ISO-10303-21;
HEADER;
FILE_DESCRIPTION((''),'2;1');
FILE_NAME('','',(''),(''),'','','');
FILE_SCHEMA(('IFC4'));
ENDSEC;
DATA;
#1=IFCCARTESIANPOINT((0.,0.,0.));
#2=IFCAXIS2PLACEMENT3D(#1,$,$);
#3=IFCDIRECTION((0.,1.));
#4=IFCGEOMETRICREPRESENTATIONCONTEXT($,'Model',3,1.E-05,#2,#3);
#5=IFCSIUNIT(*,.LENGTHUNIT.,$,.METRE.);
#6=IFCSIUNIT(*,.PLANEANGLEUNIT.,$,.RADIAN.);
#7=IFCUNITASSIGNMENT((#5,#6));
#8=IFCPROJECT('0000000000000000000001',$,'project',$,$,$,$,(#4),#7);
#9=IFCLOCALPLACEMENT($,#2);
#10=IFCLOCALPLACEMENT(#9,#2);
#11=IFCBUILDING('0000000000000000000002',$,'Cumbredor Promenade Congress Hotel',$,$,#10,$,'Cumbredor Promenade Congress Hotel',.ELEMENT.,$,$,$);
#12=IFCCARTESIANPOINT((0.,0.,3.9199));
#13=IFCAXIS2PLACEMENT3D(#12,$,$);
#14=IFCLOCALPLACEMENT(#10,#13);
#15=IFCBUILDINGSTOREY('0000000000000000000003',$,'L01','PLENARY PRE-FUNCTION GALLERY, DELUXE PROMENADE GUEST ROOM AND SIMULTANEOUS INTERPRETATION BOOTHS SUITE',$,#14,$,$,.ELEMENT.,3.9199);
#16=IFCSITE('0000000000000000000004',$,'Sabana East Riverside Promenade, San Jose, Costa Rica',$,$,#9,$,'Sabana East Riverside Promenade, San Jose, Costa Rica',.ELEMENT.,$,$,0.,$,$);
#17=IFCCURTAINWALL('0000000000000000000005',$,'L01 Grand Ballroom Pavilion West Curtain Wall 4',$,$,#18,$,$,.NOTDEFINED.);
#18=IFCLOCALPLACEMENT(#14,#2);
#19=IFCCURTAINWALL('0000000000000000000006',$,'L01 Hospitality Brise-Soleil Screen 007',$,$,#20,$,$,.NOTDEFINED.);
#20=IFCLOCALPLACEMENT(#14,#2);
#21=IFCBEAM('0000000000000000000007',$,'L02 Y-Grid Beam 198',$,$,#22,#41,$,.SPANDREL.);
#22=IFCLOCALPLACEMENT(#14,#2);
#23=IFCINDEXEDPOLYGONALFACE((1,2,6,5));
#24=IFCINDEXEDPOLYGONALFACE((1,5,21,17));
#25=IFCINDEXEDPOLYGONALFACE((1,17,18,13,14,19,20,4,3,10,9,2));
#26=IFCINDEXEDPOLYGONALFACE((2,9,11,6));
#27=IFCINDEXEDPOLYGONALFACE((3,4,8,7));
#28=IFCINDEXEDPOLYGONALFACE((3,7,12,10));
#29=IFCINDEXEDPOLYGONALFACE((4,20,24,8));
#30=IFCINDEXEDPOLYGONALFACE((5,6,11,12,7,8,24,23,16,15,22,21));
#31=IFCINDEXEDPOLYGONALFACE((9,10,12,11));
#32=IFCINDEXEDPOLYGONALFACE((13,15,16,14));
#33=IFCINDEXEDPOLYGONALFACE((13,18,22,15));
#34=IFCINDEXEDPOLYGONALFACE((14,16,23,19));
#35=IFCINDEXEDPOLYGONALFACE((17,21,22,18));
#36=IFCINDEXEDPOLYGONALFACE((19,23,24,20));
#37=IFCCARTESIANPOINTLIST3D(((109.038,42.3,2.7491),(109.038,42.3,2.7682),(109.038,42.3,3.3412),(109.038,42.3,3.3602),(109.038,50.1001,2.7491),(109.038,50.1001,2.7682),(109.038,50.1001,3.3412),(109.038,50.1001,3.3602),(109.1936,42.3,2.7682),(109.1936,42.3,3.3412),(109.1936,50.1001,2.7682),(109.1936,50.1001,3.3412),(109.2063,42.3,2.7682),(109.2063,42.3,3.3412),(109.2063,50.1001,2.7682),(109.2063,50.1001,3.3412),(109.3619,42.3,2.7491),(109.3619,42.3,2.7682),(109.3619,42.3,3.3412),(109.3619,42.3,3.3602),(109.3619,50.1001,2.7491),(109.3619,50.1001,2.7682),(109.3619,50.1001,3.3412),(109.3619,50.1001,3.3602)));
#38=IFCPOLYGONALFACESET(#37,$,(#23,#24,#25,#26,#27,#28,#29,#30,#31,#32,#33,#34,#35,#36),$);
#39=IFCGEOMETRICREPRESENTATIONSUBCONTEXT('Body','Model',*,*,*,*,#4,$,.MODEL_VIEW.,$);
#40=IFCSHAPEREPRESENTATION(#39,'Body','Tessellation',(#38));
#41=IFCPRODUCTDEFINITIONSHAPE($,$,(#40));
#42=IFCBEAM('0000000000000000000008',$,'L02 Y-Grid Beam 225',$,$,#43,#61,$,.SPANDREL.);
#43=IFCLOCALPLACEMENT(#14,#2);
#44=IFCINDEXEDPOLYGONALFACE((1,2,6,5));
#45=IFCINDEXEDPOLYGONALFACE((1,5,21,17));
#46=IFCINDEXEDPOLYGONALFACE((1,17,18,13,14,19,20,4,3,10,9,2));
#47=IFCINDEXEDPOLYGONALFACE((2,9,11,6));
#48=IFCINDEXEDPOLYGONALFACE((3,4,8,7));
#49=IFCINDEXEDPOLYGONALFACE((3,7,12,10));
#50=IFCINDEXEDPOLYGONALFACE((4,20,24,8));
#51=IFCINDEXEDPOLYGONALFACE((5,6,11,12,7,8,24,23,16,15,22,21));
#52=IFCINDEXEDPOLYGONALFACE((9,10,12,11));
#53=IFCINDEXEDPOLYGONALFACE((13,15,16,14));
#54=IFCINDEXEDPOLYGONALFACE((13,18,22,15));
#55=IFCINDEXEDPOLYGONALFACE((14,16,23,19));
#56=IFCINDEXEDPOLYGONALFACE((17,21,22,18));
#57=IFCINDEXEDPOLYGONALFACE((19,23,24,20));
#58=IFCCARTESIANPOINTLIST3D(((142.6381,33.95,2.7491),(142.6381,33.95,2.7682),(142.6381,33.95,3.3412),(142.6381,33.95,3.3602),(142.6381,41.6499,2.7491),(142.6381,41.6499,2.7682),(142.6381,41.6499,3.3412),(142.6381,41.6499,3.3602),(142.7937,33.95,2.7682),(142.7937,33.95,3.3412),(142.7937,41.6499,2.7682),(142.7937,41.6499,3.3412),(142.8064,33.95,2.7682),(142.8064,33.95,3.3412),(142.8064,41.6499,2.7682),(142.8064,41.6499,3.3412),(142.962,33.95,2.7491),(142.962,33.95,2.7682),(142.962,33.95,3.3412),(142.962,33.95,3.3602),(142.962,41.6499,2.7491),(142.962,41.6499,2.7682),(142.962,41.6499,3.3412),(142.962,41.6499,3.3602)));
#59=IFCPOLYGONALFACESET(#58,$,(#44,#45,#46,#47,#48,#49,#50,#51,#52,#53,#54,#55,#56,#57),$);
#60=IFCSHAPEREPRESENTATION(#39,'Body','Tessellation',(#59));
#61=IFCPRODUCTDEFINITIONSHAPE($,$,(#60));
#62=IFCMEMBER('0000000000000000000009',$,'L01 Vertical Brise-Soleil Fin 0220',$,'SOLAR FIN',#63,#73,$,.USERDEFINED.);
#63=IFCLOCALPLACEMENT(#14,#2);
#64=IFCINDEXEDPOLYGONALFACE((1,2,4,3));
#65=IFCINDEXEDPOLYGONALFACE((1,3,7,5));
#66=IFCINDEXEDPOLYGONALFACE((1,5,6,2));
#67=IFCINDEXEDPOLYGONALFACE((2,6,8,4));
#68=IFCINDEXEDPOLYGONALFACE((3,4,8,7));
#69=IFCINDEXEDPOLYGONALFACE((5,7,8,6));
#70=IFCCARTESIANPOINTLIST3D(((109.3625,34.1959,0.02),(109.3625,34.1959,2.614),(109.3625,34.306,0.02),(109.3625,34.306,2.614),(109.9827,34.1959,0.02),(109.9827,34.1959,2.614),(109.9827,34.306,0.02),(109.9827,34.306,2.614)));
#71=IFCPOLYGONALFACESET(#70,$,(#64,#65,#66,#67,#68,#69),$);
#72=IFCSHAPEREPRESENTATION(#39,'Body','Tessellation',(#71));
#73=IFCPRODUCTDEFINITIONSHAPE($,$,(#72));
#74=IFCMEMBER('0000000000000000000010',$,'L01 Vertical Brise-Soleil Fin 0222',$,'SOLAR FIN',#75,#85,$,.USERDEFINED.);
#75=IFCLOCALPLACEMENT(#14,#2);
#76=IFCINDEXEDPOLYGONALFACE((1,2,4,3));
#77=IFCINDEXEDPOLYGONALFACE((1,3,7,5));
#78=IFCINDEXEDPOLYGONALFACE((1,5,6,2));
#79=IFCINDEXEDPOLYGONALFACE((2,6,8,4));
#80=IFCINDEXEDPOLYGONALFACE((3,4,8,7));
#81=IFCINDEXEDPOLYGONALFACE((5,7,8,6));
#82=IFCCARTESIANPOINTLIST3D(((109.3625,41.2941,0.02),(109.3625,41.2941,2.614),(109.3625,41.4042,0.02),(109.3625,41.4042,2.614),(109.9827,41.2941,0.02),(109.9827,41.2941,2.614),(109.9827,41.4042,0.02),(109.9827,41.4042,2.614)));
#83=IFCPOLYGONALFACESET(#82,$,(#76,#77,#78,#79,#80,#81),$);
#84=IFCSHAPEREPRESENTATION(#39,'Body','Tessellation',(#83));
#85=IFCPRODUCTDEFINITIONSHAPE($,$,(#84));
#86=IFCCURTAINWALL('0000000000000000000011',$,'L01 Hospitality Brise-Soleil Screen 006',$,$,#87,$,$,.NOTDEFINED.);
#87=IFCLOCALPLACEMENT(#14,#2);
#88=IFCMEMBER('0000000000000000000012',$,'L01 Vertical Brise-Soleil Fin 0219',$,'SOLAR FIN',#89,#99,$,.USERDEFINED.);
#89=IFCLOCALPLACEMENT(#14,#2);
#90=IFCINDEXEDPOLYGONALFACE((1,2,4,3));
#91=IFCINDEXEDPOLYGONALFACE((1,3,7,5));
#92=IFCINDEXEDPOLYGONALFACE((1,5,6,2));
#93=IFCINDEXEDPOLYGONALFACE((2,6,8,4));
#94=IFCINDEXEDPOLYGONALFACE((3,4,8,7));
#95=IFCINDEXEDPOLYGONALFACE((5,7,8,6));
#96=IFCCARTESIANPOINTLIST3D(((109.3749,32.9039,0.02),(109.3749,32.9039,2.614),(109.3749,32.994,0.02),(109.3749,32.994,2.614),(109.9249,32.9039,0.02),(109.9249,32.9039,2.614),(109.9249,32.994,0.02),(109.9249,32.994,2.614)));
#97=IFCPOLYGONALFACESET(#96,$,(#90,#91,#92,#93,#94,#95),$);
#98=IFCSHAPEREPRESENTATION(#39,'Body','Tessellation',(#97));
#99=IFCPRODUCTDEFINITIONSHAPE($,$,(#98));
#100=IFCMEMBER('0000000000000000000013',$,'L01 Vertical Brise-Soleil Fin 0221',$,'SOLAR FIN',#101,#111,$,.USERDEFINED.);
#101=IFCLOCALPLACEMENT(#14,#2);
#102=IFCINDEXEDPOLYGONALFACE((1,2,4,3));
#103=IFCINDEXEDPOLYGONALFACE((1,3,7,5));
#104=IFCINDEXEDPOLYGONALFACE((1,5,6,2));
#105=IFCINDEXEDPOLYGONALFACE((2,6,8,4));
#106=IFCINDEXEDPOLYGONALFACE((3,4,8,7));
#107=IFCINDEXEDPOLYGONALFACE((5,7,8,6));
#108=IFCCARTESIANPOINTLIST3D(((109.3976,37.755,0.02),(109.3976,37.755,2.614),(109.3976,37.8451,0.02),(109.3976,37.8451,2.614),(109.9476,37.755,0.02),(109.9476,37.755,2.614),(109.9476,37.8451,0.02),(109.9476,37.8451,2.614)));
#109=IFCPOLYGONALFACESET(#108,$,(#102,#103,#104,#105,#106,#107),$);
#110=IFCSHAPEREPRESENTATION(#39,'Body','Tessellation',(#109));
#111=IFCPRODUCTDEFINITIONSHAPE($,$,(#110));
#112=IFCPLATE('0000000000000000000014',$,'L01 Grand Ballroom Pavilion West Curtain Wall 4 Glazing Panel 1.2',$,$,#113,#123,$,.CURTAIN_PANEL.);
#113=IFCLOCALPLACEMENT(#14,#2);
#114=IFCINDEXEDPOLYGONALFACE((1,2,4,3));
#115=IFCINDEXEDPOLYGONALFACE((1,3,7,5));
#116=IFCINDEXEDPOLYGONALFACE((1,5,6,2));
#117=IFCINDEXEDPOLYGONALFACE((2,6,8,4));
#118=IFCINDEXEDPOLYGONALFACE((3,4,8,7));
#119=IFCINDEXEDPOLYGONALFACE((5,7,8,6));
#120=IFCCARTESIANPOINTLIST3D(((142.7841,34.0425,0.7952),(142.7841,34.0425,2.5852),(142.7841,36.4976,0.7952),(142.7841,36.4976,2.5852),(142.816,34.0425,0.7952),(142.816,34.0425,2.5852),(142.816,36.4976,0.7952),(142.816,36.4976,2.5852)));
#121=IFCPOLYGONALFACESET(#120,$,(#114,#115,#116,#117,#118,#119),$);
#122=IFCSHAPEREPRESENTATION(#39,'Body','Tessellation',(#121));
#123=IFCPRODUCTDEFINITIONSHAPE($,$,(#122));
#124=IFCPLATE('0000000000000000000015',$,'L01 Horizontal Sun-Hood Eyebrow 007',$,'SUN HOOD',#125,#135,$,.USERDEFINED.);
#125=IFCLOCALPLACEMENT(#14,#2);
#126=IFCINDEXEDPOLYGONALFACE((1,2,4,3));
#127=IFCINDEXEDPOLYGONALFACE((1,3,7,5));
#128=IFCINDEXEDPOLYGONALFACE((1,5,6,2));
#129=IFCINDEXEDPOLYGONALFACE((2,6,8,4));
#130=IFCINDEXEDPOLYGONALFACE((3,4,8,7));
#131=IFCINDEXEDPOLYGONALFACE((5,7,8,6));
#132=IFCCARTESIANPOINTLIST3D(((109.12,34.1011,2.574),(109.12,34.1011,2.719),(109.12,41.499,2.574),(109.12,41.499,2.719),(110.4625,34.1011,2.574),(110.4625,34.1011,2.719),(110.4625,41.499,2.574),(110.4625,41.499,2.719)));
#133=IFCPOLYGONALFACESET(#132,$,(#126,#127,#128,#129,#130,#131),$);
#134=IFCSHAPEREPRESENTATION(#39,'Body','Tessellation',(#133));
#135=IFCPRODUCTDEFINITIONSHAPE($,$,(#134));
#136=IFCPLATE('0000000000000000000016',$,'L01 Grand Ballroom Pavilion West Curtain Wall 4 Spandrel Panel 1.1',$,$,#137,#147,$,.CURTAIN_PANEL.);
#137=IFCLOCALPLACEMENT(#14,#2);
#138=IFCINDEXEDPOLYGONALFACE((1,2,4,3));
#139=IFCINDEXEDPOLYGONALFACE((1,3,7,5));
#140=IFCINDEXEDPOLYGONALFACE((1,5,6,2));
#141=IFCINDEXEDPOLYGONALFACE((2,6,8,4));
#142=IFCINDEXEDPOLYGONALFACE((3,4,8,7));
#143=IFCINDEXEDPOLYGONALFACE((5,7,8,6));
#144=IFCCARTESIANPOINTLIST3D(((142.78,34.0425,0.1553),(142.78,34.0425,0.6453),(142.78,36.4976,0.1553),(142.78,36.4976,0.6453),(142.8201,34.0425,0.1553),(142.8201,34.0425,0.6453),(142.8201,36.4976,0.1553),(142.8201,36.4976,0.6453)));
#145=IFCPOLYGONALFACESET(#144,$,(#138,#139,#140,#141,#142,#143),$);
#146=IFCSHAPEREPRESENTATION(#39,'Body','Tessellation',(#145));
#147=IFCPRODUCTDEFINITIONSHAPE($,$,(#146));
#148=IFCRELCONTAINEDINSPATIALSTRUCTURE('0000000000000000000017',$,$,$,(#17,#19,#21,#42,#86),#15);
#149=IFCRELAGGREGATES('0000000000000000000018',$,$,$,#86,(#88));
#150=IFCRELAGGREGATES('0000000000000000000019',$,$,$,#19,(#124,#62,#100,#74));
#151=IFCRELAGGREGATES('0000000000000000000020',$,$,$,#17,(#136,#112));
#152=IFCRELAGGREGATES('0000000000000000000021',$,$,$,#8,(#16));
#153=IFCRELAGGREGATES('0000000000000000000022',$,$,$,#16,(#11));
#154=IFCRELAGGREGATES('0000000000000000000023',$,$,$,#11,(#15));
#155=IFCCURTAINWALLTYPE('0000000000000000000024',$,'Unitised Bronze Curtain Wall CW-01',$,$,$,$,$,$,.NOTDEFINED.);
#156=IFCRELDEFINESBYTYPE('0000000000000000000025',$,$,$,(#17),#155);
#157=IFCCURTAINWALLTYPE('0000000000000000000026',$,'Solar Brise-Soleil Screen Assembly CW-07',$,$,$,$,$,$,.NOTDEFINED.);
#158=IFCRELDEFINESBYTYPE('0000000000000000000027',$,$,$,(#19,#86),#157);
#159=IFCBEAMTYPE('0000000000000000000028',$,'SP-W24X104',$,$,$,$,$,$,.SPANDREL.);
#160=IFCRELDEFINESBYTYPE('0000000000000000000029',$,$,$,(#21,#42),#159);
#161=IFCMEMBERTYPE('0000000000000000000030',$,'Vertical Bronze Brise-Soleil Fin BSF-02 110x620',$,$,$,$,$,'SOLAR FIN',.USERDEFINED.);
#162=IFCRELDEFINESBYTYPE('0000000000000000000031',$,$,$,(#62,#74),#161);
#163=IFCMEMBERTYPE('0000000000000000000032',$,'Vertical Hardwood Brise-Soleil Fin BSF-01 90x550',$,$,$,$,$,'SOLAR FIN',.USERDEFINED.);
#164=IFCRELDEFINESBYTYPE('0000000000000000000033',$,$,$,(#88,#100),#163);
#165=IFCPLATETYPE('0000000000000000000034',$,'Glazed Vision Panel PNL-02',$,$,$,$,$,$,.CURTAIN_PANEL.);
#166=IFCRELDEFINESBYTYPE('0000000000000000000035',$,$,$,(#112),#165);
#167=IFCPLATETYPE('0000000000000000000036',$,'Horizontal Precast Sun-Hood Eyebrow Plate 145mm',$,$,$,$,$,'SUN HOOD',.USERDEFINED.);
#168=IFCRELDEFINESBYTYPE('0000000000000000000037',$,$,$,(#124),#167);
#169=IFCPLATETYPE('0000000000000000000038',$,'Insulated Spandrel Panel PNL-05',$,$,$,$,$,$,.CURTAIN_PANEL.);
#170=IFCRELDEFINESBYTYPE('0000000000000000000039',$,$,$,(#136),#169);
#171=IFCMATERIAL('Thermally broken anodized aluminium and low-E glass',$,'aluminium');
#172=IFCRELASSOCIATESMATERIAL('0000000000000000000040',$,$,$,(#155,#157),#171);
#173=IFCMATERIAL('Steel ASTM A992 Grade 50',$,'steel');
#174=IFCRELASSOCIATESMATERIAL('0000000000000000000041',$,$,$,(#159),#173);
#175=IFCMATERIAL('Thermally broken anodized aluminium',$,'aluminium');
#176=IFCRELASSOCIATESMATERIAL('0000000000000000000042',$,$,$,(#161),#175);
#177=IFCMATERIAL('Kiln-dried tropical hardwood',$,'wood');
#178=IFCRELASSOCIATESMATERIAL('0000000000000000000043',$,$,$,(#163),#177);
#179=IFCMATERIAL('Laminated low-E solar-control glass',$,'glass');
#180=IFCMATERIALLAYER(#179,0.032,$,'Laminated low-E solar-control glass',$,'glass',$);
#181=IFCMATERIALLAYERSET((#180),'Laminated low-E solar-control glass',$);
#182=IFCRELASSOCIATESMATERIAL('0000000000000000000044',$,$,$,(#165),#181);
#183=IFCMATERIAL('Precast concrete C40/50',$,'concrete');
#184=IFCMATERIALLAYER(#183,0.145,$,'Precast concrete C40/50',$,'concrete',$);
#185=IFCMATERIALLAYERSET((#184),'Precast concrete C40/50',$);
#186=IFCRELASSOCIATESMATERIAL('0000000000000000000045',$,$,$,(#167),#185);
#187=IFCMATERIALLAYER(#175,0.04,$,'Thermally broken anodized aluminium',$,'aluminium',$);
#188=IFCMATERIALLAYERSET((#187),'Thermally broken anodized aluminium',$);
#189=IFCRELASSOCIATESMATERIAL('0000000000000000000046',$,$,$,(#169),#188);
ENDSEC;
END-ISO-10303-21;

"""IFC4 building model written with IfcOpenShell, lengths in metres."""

from ifc_helpers import new_model, si_unit, direction, frame, origin, origin_2d, place, context, subcontext, project, spatial, rectangle, i_section, extrude, material, layer, layer_set, material_profile, profile_set, type_object, element, aggregate, save


model = new_model("IFC4")

# Units and contexts
model_context = context("Model", 3, precision=1e-05, world=origin(), true_north=direction((0.0, 1.0)))
body_context = subcontext(model_context, "Body", "Model", "MODEL_VIEW")
ifc_project = project(units=[si_unit("LENGTHUNIT", "METRE"), si_unit("PLANEANGLEUNIT", "RADIAN")], contexts=[model_context])

# Site, building, storey
site_placement = place(None, origin())
site = spatial("IfcSite", under=ifc_project, at=site_placement, Name="Sabana East Riverside Promenade, San Jose, Costa Rica", LongName="Sabana East Riverside Promenade, San Jose, Costa Rica", CompositionType="ELEMENT", RefElevation=0.0)
building_placement = place(site_placement, origin())
building = spatial("IfcBuilding", under=site, at=building_placement, Name="Cumbredor Promenade Congress Hotel", LongName="Cumbredor Promenade Congress Hotel", CompositionType="ELEMENT")
storey_placement = place(building_placement, frame((0.0, 0.0, 3.9199)))
storey = spatial("IfcBuildingStorey", under=building, at=storey_placement, Name="L01", Description="PLENARY PRE-FUNCTION GALLERY, DELUXE PROMENADE GUEST ROOM AND SIMULTANEOUS INTERPRETATION BOOTHS SUITE", CompositionType="ELEMENT", Elevation=3.9199)

# Curtain walls
ifc_material_1 = material(Name="Thermally broken anodized aluminium and low-E glass", Category="aluminium")
curtain_wall_type_1 = type_object("IfcCurtainWallType", Name="Unitised Bronze Curtain Wall CW-01", PredefinedType="NOTDEFINED", material=ifc_material_1)
ifc_material_2 = material(Name="Thermally broken anodized aluminium", Category="aluminium")
curtain_wall_1_placement = place(storey_placement, origin())
curtain_wall_1 = element("IfcCurtainWall", 1, at=curtain_wall_1_placement, inside=storey, type_object=curtain_wall_type_1, Name="L01 Grand Ballroom Pavilion West Curtain Wall 4", PredefinedType="NOTDEFINED")
curtain_wall_type_2 = type_object("IfcCurtainWallType", Name="Solar Brise-Soleil Screen Assembly CW-07", PredefinedType="NOTDEFINED", material=ifc_material_1)
curtain_wall_2_placement = place(storey_placement, origin())
curtain_wall_2 = element("IfcCurtainWall", 2, at=curtain_wall_2_placement, inside=storey, type_object=curtain_wall_type_2, Name="L01 Hospitality Brise-Soleil Screen 007", PredefinedType="NOTDEFINED")

# Beams
ifc_material_3 = material(Name="Steel ASTM A992 Grade 50", Category="steel")
ifc_material_profile_1 = material_profile(ifc_material_3, i_section(OverallWidth=0.324, OverallDepth=0.6111, WebThickness=0.0127, FlangeThickness=0.019, at=origin_2d()), Name="W24X104")
ifc_profile_set_1 = profile_set([ifc_material_profile_1], Name="Steel ASTM A992 Grade 50")
beam_type = type_object("IfcBeamType", Name="SP-W24X104", PredefinedType="SPANDREL", material=ifc_profile_set_1)
for number, where, z_axis, x_axis, name in (
    (3, (109.2, 42.3, 3.0547), (0.0, 1.0, 0.0), (-1.0, 0.0, 0.0), "L02 Y-Grid Beam 198"),
):
    element("IfcBeam", number, at=place(storey_placement, frame(where, z_axis=z_axis, x_axis=x_axis)), inside=storey, type_object=beam_type, Name=name, PredefinedType="SPANDREL", context=body_context, shape_type="SweptSolid", body=[
        extrude(i_section(OverallWidth=0.324, OverallDepth=0.6111, WebThickness=0.0127, FlangeThickness=0.019, at=origin_2d()), origin(), (0.0, 0.0, 1.0), 7.8),
    ])
beam_placement = place(storey_placement, frame((142.8, 33.95, 3.0547), z_axis=(0.0, 1.0, 0.0), x_axis=(-1.0, 0.0, 0.0)))
element("IfcBeam", 4, at=beam_placement, inside=storey, type_object=beam_type, Name="L02 Y-Grid Beam 225", PredefinedType="SPANDREL", context=body_context, shape_type="SweptSolid", body=[
    extrude(i_section(OverallWidth=0.324, OverallDepth=0.6111, WebThickness=0.0127, FlangeThickness=0.019, at=origin_2d()), origin(), (0.0, 0.0, 1.0), 7.7),
])

# Members
ifc_material_profile_2 = material_profile(ifc_material_2, rectangle(XDim=0.1101, YDim=0.6201, at=origin_2d()), Name="ARCH FIN 110x620")
ifc_profile_set_2 = profile_set([ifc_material_profile_2], Name="Thermally broken anodized aluminium")
member_type_1 = type_object("IfcMemberType", Name="Vertical Bronze Brise-Soleil Fin BSF-02 110x620", ElementType="SOLAR FIN", PredefinedType="USERDEFINED", material=ifc_profile_set_2)
member_1_placement = place(storey_placement, frame((109.6726, 34.251, 0.02), z_axis=(0.0, 0.0, 1.0), x_axis=(0.0, 1.0, 0.0)))
member_1 = element("IfcMember", 5, at=member_1_placement, type_object=member_type_1, Name="L01 Vertical Brise-Soleil Fin 0220", ObjectType="SOLAR FIN", PredefinedType="USERDEFINED", context=body_context, shape_type="SweptSolid", body=[
    extrude(rectangle(XDim=0.1101, YDim=0.6201, at=origin_2d()), origin(), (0.0, 0.0, 1.0), 2.594),
])
member_2_placement = place(storey_placement, frame((109.6726, 41.3491, 0.02), z_axis=(0.0, 0.0, 1.0), x_axis=(0.0, 1.0, 0.0)))
member_2 = element("IfcMember", 6, at=member_2_placement, type_object=member_type_1, Name="L01 Vertical Brise-Soleil Fin 0222", ObjectType="SOLAR FIN", PredefinedType="USERDEFINED", context=body_context, shape_type="SweptSolid", body=[
    extrude(rectangle(XDim=0.1101, YDim=0.6201, at=origin_2d()), origin(), (0.0, 0.0, 1.0), 2.594),
])

# Curtain wall, member
curtain_wall_3_placement = place(storey_placement, origin())
curtain_wall_3 = element("IfcCurtainWall", 7, at=curtain_wall_3_placement, inside=storey, type_object=curtain_wall_type_2, Name="L01 Hospitality Brise-Soleil Screen 006", PredefinedType="NOTDEFINED")
ifc_material_4 = material(Name="Kiln-dried tropical hardwood", Category="wood")
ifc_material_profile_3 = material_profile(ifc_material_4, rectangle(XDim=0.0901, YDim=0.55, at=origin_2d()), Name="ARCH FIN 90x550")
ifc_profile_set_3 = profile_set([ifc_material_profile_3], Name="Kiln-dried tropical hardwood")
member_type_2 = type_object("IfcMemberType", Name="Vertical Hardwood Brise-Soleil Fin BSF-01 90x550", ElementType="SOLAR FIN", PredefinedType="USERDEFINED", material=ifc_profile_set_3)
member_3_placement = place(storey_placement, frame((109.6499, 32.949, 0.02), z_axis=(0.0, 0.0, 1.0), x_axis=(0.0, 1.0, 0.0)))
member_3 = element("IfcMember", 8, at=member_3_placement, type_object=member_type_2, Name="L01 Vertical Brise-Soleil Fin 0219", ObjectType="SOLAR FIN", PredefinedType="USERDEFINED", context=body_context, shape_type="SweptSolid", body=[
    extrude(rectangle(XDim=0.0901, YDim=0.55, at=origin_2d()), origin(), (0.0, 0.0, 1.0), 2.594),
])
aggregate(curtain_wall_3, [member_3])

# Member
member_4_placement = place(storey_placement, frame((109.6726, 37.8, 0.02), z_axis=(0.0, 0.0, 1.0), x_axis=(0.0, 1.0, 0.0)))
member_4 = element("IfcMember", 9, at=member_4_placement, type_object=member_type_2, Name="L01 Vertical Brise-Soleil Fin 0221", ObjectType="SOLAR FIN", PredefinedType="USERDEFINED", context=body_context, shape_type="SweptSolid", body=[
    extrude(rectangle(XDim=0.0901, YDim=0.55, at=origin_2d()), origin(), (0.0, 0.0, 1.0), 2.594),
])

# Plates
ifc_material_5 = material(Name="Laminated low-E solar-control glass", Category="glass")
ifc_layer_1 = layer(ifc_material_5, 0.032, Name="Laminated low-E solar-control glass", Category="glass")
ifc_layer_set_1 = layer_set([ifc_layer_1], Name="Laminated low-E solar-control glass")
plate_type_1 = type_object("IfcPlateType", Name="Glazed Vision Panel PNL-02", PredefinedType="CURTAIN_PANEL", material=ifc_layer_set_1)
plate_1_placement = place(storey_placement, frame((142.8, 35.27, 0.7952), z_axis=(0.0, 0.0, 1.0), x_axis=(0.0, 1.0, 0.0)))
plate_1 = element("IfcPlate", 10, at=plate_1_placement, type_object=plate_type_1, Name="L01 Grand Ballroom Pavilion West Curtain Wall 4 Glazing Panel 1.2", PredefinedType="CURTAIN_PANEL", context=body_context, shape_type="SweptSolid", body=[
    extrude(rectangle(XDim=2.4551, YDim=0.032, at=origin_2d()), origin(), (0.0, 0.0, 1.0), 1.79),
])
ifc_material_6 = material(Name="Precast concrete C40/50", Category="concrete")
ifc_layer_2 = layer(ifc_material_6, 0.145, Name="Precast concrete C40/50", Category="concrete")
ifc_layer_set_2 = layer_set([ifc_layer_2], Name="Precast concrete C40/50")
plate_type_2 = type_object("IfcPlateType", Name="Horizontal Precast Sun-Hood Eyebrow Plate 145mm", ElementType="SUN HOOD", PredefinedType="USERDEFINED", material=ifc_layer_set_2)
plate_2_placement = place(storey_placement, frame((109.7913, 37.8, 2.574), z_axis=(0.0, 0.0, 1.0), x_axis=(0.0, 1.0, 0.0)))
plate_2 = element("IfcPlate", 11, at=plate_2_placement, type_object=plate_type_2, Name="L01 Horizontal Sun-Hood Eyebrow 007", ObjectType="SUN HOOD", PredefinedType="USERDEFINED", context=body_context, shape_type="SweptSolid", body=[
    extrude(rectangle(XDim=7.3979, YDim=1.3425, at=origin_2d()), origin(), (0.0, 0.0, 1.0), 0.145),
])
aggregate(curtain_wall_2, [plate_2, member_1, member_4, member_2])
ifc_layer_3 = layer(ifc_material_2, 0.04, Name="Thermally broken anodized aluminium", Category="aluminium")
ifc_layer_set_3 = layer_set([ifc_layer_3], Name="Thermally broken anodized aluminium")
plate_type_3 = type_object("IfcPlateType", Name="Insulated Spandrel Panel PNL-05", PredefinedType="CURTAIN_PANEL", material=ifc_layer_set_3)
plate_3_placement = place(storey_placement, frame((142.8, 35.27, 0.1553), z_axis=(0.0, 0.0, 1.0), x_axis=(0.0, 1.0, 0.0)))
plate_3 = element("IfcPlate", 12, at=plate_3_placement, type_object=plate_type_3, Name="L01 Grand Ballroom Pavilion West Curtain Wall 4 Spandrel Panel 1.1", PredefinedType="CURTAIN_PANEL", context=body_context, shape_type="SweptSolid", body=[
    extrude(rectangle(XDim=2.4551, YDim=0.04, at=origin_2d()), origin(), (0.0, 0.0, 1.0), 0.49),
])
aggregate(curtain_wall_1, [plate_3, plate_1])

save(model, "model.ifc")
